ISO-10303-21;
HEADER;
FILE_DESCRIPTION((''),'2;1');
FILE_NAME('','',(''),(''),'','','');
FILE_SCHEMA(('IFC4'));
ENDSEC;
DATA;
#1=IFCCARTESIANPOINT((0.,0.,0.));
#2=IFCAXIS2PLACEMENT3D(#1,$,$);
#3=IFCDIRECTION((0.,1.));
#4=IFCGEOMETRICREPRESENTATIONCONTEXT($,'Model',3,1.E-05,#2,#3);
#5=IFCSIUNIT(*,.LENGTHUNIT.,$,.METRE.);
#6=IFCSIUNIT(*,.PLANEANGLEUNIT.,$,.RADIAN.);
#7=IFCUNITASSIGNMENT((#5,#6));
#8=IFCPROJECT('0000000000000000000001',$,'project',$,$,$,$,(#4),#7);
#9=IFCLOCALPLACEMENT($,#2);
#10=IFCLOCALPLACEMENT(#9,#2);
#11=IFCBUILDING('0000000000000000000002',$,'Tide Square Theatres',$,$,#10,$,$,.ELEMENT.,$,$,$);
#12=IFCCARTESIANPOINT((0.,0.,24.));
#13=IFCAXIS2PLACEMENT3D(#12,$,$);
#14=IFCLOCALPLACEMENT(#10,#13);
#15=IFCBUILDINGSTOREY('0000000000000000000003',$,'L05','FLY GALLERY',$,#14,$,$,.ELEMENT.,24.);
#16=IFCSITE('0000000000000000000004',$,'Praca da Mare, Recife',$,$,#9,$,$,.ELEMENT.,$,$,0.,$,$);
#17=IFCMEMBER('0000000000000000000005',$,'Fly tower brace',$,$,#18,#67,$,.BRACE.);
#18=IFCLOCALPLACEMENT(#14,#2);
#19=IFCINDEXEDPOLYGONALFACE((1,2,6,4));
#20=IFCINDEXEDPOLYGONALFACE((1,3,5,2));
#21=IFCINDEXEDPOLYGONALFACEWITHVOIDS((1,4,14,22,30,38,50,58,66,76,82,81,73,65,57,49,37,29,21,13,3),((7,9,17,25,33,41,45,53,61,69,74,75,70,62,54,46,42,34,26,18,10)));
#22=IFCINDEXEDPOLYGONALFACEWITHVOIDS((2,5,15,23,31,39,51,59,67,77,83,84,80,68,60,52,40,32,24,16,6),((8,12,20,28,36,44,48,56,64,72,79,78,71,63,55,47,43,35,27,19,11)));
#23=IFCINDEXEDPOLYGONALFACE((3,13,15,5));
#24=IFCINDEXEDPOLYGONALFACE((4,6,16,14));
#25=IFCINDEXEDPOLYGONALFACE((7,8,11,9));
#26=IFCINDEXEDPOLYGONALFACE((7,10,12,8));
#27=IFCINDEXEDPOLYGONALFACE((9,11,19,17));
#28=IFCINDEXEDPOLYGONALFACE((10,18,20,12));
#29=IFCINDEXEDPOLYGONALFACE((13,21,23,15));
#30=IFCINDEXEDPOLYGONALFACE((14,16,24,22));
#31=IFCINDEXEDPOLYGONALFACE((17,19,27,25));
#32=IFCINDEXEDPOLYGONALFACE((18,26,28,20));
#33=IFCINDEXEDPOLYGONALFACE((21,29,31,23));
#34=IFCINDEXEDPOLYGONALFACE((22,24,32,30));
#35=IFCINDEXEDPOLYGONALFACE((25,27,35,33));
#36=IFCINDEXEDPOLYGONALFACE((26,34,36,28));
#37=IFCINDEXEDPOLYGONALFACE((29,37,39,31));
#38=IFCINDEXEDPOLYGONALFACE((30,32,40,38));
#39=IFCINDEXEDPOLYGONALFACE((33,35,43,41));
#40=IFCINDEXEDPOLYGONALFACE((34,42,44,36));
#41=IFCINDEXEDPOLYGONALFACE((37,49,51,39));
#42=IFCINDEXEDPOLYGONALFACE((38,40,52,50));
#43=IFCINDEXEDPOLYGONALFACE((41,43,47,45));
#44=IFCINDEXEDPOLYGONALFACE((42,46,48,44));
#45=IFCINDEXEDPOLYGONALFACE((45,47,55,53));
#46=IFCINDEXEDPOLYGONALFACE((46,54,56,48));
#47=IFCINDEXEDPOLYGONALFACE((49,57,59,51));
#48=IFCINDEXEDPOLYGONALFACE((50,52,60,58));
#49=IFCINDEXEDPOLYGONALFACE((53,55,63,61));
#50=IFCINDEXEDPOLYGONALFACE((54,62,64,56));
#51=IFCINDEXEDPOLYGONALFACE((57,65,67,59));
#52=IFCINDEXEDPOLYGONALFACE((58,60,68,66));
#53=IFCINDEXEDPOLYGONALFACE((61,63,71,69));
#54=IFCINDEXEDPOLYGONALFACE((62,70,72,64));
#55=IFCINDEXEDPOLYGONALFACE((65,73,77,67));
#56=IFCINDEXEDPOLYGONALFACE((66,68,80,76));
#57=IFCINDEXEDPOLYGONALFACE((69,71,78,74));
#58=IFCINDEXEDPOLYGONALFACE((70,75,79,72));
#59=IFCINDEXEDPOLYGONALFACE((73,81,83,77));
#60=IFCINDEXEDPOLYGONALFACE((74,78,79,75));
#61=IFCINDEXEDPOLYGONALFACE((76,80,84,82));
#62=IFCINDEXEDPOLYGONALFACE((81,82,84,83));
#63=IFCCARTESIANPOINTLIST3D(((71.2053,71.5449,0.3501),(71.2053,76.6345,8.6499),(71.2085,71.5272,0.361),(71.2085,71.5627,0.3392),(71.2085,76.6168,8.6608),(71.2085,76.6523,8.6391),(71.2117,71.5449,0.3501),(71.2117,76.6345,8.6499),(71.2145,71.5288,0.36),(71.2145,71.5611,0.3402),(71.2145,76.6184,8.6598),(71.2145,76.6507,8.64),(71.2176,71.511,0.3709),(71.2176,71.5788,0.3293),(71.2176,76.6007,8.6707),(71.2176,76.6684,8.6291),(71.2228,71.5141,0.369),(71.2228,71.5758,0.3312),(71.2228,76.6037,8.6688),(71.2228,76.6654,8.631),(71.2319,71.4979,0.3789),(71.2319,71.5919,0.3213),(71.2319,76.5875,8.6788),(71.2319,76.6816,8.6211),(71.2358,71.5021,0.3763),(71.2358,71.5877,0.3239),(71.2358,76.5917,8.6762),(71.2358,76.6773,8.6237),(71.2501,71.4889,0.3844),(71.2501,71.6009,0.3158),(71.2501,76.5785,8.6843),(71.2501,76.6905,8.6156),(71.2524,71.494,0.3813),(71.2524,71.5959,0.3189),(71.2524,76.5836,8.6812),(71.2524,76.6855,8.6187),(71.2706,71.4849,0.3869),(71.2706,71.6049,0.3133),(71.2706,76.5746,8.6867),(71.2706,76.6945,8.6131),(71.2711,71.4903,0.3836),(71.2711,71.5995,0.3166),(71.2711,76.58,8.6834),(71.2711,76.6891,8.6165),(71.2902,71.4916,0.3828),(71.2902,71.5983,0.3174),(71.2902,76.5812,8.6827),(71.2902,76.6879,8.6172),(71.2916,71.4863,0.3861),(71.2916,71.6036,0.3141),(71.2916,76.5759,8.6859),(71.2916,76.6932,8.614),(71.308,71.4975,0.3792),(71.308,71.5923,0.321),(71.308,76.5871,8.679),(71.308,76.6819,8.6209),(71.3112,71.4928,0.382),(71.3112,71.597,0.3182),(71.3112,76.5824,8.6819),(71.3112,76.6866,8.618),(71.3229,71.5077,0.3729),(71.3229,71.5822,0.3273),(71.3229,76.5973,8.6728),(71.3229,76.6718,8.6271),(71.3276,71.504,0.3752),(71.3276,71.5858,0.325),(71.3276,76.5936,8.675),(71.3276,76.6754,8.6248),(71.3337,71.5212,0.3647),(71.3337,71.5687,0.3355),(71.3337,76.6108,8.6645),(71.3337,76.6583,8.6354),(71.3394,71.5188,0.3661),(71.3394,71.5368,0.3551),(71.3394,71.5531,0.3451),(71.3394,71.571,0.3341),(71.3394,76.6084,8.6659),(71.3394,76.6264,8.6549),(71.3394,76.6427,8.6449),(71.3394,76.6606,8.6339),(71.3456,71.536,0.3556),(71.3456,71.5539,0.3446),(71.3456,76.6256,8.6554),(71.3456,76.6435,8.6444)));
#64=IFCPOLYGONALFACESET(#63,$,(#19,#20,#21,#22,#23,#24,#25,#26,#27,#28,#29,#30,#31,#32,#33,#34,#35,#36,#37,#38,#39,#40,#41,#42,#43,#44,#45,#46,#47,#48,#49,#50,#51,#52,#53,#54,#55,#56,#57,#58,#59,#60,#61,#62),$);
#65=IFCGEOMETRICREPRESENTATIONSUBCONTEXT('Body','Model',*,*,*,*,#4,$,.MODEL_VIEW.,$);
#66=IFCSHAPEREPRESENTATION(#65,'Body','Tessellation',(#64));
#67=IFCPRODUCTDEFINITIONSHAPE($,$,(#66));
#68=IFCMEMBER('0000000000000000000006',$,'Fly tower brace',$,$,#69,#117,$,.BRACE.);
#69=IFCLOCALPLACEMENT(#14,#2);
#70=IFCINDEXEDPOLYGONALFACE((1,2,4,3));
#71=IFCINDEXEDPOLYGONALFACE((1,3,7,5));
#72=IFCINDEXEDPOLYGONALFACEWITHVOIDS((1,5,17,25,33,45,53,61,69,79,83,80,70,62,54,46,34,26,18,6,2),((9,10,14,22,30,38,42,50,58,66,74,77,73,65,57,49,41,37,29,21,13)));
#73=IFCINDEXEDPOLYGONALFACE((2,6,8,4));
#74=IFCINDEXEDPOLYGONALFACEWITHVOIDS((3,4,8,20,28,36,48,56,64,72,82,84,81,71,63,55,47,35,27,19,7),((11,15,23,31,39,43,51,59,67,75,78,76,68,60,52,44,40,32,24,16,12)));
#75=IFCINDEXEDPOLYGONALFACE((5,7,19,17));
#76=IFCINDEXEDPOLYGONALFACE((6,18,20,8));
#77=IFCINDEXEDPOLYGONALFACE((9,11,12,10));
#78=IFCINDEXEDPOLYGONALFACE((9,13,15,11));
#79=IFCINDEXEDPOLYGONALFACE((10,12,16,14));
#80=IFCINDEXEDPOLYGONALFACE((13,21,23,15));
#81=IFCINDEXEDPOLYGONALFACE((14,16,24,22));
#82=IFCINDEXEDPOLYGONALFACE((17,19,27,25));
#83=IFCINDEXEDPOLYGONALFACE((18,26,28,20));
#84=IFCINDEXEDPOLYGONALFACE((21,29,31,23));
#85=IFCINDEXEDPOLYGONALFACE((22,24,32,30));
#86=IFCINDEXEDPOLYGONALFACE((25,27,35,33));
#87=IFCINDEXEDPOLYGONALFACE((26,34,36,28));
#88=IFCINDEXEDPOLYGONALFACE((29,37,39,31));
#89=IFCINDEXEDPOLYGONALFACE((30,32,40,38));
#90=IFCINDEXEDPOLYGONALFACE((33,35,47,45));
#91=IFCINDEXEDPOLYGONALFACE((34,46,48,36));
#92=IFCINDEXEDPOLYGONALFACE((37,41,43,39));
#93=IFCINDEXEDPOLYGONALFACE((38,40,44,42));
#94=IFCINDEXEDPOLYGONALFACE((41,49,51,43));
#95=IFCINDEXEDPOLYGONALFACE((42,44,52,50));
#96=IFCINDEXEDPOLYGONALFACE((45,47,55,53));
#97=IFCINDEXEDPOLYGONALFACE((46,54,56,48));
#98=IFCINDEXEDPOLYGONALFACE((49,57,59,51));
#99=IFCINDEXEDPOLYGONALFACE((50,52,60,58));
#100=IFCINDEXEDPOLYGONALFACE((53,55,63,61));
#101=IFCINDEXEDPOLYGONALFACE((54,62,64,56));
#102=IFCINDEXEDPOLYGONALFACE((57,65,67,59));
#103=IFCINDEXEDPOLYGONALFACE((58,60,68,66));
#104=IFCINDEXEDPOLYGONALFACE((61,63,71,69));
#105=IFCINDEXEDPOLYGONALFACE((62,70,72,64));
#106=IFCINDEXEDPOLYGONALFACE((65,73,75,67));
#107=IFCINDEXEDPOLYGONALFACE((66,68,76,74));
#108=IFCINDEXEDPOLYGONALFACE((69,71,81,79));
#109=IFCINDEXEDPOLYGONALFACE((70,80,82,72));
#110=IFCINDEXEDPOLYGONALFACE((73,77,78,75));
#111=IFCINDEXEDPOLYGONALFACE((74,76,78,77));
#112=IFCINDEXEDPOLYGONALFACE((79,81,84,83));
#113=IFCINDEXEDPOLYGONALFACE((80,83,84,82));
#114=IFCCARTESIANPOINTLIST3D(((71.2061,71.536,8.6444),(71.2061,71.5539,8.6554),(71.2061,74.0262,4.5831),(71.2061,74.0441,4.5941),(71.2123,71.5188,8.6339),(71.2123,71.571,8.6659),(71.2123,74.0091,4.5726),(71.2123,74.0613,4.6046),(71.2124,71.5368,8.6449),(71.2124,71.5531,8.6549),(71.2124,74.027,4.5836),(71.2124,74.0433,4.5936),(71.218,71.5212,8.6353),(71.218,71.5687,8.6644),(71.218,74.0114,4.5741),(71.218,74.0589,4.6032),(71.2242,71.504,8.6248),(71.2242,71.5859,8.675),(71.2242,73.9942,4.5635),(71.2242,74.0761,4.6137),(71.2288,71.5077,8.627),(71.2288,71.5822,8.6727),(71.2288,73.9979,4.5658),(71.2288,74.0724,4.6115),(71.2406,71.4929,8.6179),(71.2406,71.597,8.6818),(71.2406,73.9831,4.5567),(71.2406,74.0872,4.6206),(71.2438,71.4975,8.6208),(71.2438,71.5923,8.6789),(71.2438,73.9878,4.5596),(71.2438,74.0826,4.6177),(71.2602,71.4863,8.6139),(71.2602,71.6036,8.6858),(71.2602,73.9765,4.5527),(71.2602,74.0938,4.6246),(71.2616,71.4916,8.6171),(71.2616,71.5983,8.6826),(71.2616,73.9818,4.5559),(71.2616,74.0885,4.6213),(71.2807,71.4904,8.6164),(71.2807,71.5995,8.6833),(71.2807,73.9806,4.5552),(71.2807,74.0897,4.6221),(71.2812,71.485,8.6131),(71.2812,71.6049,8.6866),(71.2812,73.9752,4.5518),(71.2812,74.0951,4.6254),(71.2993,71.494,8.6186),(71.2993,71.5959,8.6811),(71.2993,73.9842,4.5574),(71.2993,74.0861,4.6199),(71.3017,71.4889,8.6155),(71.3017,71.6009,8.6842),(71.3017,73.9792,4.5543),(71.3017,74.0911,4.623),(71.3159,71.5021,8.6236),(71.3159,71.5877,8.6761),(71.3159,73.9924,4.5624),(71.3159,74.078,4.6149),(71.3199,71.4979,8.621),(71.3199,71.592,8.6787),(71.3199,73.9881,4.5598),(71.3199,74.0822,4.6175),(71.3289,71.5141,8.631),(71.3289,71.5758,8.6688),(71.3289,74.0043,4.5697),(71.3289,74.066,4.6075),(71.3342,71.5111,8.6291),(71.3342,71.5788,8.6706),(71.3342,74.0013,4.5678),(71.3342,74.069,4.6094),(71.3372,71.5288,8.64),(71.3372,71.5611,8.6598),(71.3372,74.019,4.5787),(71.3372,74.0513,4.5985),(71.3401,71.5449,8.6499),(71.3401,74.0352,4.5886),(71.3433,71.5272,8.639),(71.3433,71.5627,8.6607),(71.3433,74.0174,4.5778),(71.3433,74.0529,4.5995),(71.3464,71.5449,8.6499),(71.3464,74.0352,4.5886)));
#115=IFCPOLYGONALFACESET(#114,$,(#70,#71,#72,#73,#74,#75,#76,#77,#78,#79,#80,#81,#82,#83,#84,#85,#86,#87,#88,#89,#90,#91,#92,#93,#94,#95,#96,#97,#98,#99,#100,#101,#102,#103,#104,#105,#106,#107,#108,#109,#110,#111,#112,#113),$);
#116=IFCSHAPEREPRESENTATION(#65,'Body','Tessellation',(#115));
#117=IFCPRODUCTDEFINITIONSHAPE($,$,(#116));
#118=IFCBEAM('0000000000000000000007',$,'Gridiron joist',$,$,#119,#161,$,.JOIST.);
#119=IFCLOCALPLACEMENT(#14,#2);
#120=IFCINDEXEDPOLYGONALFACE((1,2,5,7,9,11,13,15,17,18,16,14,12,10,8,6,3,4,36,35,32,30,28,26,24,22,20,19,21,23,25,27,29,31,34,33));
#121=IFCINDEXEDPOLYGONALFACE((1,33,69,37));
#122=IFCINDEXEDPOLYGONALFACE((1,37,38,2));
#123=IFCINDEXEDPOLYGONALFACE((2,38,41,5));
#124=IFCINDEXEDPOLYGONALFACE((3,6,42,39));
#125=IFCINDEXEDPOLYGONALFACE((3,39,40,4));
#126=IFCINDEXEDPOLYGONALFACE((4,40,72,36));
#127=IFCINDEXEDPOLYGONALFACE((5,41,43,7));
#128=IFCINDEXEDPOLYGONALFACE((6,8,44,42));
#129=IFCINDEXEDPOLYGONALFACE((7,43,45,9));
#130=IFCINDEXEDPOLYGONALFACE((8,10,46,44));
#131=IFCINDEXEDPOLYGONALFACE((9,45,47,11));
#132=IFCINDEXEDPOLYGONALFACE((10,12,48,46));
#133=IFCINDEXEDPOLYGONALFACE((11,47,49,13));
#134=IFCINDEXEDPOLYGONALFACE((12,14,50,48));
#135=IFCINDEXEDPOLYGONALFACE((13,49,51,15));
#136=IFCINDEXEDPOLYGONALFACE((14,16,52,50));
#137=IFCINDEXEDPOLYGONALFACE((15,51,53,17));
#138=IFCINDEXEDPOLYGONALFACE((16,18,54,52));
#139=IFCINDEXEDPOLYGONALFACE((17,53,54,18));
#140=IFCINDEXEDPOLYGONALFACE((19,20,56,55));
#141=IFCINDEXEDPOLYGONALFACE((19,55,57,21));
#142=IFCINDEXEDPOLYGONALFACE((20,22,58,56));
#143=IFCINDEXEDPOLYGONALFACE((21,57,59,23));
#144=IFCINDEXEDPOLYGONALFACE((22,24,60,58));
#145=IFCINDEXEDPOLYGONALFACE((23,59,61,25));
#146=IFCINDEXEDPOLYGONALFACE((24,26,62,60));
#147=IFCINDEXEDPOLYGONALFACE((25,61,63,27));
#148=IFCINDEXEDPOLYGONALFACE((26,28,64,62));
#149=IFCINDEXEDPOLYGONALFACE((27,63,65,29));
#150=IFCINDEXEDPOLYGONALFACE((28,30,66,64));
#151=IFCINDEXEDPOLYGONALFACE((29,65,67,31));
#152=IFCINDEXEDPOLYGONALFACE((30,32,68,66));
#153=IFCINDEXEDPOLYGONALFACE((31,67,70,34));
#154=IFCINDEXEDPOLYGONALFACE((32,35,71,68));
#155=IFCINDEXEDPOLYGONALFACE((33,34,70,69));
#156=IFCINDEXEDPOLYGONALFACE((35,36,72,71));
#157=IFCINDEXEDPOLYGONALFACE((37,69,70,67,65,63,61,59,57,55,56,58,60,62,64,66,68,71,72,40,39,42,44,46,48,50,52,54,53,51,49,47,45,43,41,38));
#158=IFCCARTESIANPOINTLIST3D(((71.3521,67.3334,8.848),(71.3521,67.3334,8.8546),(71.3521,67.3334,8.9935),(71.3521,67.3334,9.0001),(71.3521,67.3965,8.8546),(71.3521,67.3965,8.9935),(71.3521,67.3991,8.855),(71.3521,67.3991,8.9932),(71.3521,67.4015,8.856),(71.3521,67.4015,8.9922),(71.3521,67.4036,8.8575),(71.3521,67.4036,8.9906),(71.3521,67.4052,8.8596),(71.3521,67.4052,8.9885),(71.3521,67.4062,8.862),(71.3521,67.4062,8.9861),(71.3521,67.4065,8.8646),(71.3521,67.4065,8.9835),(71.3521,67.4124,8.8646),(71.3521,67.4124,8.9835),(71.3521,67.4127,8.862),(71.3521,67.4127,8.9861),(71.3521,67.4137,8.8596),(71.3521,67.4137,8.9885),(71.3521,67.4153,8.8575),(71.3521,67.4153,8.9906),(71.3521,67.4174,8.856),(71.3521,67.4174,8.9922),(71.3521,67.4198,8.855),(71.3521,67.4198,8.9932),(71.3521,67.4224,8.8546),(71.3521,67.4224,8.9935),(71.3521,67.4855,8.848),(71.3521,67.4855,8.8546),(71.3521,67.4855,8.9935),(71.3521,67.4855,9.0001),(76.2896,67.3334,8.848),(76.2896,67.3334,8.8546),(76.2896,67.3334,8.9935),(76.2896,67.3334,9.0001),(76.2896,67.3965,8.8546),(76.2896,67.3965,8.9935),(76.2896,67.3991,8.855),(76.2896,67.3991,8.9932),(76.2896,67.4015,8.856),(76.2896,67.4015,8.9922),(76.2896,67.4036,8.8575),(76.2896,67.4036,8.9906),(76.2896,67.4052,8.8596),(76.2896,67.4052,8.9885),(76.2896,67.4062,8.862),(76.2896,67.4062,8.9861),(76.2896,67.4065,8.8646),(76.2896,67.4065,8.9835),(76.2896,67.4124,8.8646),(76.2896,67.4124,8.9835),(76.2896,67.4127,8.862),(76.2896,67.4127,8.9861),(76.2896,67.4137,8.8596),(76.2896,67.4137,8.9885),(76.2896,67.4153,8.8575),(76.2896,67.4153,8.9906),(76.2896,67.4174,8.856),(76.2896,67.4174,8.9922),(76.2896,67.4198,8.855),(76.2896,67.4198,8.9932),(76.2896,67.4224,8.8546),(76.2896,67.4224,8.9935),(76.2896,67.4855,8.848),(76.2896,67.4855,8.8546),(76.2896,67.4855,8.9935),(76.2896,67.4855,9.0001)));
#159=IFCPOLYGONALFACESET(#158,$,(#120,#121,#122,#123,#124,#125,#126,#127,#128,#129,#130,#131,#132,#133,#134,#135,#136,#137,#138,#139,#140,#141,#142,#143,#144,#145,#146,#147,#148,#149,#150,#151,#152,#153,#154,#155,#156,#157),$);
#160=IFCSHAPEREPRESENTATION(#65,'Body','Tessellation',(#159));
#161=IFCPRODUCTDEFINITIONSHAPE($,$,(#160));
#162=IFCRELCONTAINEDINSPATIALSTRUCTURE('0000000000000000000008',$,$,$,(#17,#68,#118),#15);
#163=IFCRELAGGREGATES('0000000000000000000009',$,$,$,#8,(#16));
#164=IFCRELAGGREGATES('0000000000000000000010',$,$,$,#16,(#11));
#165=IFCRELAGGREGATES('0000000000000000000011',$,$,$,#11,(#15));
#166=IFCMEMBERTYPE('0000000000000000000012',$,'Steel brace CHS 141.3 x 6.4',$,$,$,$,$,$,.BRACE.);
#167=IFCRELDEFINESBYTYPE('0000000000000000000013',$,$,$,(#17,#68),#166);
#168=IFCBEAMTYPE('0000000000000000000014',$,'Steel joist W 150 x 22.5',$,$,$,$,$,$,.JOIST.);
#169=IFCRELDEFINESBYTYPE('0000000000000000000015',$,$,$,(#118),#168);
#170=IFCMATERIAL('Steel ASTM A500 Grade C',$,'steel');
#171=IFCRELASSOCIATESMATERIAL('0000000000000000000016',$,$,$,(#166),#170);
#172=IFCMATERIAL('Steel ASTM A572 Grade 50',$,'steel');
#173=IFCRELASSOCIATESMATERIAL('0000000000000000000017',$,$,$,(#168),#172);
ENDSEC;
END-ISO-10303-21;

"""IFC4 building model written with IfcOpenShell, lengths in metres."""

from ifc_helpers import new_model, si_unit, direction, frame, origin, origin_2d, place, context, subcontext, project, spatial, hollow_circle, i_section, extrude, material, material_profile, profile_set, type_object, element, save


model = new_model("IFC4")

# Units and contexts
model_context = context("Model", 3, precision=1e-05, world=origin(), true_north=direction((0.0, 1.0)))
body_context = subcontext(model_context, "Body", "Model", "MODEL_VIEW")
ifc_project = project(units=[si_unit("LENGTHUNIT", "METRE"), si_unit("PLANEANGLEUNIT", "RADIAN")], contexts=[model_context])

# Site, building, storey
site_placement = place(None, origin())
site = spatial("IfcSite", under=ifc_project, at=site_placement, Name="Praca da Mare, Recife", CompositionType="ELEMENT", RefElevation=0.0)
building_placement = place(site_placement, origin())
building = spatial("IfcBuilding", under=site, at=building_placement, Name="Tide Square Theatres", CompositionType="ELEMENT")
storey_placement = place(building_placement, frame((0.0, 0.0, 24.0)))
storey = spatial("IfcBuildingStorey", under=building, at=storey_placement, Name="L05", Description="FLY GALLERY", CompositionType="ELEMENT", Elevation=24.0)

# Members
ifc_material_1 = material(Name="Steel ASTM A500 Grade C", Category="steel")
ifc_material_profile_1 = material_profile(ifc_material_1, hollow_circle(Radius=0.0706, WallThickness=0.0063, at=origin_2d()))
ifc_profile_set_1 = profile_set([ifc_material_profile_1], Name="Steel ASTM A500 Grade C")
member_type = type_object("IfcMemberType", Name="Steel brace CHS 141.3 x 6.4", PredefinedType="BRACE", material=ifc_profile_set_1)
member_1_placement = place(storey_placement, frame((71.2759, 71.5449, 0.3501), z_axis=(0.0, 0.522758, 0.852481), x_axis=(-1.0, 0.0, 0.0)))
element("IfcMember", 1, at=member_1_placement, inside=storey, type_object=member_type, Name="Fly tower brace", PredefinedType="BRACE", context=body_context, shape_type="SweptSolid", body=[
    extrude(hollow_circle(Radius=0.0706, WallThickness=0.0063, at=origin_2d()), origin(), (0.0, 0.0, 1.0), 9.7361),
])
member_2_placement = place(storey_placement, frame((71.2759, 74.0352, 4.5886), z_axis=(0.0, -0.522724, 0.852502), x_axis=(1.0, 0.0, 0.0)))
element("IfcMember", 2, at=member_2_placement, inside=storey, type_object=member_type, Name="Fly tower brace", PredefinedType="BRACE", context=body_context, shape_type="SweptSolid", body=[
    extrude(hollow_circle(Radius=0.0706, WallThickness=0.0063, at=origin_2d()), origin(), (0.0, 0.0, 1.0), 4.7639),
])

# Beam
ifc_material_2 = material(Name="Steel ASTM A572 Grade 50", Category="steel")
ifc_material_profile_2 = material_profile(ifc_material_2, i_section(OverallWidth=0.1521, OverallDepth=0.1521, WebThickness=0.0059, FlangeThickness=0.0066, FilletRadius=0.01, at=origin_2d()))
ifc_profile_set_2 = profile_set([ifc_material_profile_2], Name="Steel ASTM A572 Grade 50")
beam_type_1 = type_object("IfcBeamType", Name="Steel joist W 150 x 22.5", PredefinedType="JOIST", material=ifc_profile_set_2)
for number, where, z_axis, x_axis, name in (
    (3, (71.3521, 67.4094, 8.9241), (1.0, 0.0, 0.0), (0.0, 1.0, 0.0), "Gridiron joist"),
):
    element("IfcBeam", number, at=place(storey_placement, frame(where, z_axis=z_axis, x_axis=x_axis)), inside=storey, type_object=beam_type_1, Name=name, PredefinedType="JOIST", context=body_context, shape_type="SweptSolid", body=[
        extrude(i_section(OverallWidth=0.1521, OverallDepth=0.1521, WebThickness=0.0059, FlangeThickness=0.0066, FilletRadius=0.01, at=origin_2d()), origin(), (0.0, 0.0, 1.0), 4.9375),
    ])

save(model, "model.ifc")
